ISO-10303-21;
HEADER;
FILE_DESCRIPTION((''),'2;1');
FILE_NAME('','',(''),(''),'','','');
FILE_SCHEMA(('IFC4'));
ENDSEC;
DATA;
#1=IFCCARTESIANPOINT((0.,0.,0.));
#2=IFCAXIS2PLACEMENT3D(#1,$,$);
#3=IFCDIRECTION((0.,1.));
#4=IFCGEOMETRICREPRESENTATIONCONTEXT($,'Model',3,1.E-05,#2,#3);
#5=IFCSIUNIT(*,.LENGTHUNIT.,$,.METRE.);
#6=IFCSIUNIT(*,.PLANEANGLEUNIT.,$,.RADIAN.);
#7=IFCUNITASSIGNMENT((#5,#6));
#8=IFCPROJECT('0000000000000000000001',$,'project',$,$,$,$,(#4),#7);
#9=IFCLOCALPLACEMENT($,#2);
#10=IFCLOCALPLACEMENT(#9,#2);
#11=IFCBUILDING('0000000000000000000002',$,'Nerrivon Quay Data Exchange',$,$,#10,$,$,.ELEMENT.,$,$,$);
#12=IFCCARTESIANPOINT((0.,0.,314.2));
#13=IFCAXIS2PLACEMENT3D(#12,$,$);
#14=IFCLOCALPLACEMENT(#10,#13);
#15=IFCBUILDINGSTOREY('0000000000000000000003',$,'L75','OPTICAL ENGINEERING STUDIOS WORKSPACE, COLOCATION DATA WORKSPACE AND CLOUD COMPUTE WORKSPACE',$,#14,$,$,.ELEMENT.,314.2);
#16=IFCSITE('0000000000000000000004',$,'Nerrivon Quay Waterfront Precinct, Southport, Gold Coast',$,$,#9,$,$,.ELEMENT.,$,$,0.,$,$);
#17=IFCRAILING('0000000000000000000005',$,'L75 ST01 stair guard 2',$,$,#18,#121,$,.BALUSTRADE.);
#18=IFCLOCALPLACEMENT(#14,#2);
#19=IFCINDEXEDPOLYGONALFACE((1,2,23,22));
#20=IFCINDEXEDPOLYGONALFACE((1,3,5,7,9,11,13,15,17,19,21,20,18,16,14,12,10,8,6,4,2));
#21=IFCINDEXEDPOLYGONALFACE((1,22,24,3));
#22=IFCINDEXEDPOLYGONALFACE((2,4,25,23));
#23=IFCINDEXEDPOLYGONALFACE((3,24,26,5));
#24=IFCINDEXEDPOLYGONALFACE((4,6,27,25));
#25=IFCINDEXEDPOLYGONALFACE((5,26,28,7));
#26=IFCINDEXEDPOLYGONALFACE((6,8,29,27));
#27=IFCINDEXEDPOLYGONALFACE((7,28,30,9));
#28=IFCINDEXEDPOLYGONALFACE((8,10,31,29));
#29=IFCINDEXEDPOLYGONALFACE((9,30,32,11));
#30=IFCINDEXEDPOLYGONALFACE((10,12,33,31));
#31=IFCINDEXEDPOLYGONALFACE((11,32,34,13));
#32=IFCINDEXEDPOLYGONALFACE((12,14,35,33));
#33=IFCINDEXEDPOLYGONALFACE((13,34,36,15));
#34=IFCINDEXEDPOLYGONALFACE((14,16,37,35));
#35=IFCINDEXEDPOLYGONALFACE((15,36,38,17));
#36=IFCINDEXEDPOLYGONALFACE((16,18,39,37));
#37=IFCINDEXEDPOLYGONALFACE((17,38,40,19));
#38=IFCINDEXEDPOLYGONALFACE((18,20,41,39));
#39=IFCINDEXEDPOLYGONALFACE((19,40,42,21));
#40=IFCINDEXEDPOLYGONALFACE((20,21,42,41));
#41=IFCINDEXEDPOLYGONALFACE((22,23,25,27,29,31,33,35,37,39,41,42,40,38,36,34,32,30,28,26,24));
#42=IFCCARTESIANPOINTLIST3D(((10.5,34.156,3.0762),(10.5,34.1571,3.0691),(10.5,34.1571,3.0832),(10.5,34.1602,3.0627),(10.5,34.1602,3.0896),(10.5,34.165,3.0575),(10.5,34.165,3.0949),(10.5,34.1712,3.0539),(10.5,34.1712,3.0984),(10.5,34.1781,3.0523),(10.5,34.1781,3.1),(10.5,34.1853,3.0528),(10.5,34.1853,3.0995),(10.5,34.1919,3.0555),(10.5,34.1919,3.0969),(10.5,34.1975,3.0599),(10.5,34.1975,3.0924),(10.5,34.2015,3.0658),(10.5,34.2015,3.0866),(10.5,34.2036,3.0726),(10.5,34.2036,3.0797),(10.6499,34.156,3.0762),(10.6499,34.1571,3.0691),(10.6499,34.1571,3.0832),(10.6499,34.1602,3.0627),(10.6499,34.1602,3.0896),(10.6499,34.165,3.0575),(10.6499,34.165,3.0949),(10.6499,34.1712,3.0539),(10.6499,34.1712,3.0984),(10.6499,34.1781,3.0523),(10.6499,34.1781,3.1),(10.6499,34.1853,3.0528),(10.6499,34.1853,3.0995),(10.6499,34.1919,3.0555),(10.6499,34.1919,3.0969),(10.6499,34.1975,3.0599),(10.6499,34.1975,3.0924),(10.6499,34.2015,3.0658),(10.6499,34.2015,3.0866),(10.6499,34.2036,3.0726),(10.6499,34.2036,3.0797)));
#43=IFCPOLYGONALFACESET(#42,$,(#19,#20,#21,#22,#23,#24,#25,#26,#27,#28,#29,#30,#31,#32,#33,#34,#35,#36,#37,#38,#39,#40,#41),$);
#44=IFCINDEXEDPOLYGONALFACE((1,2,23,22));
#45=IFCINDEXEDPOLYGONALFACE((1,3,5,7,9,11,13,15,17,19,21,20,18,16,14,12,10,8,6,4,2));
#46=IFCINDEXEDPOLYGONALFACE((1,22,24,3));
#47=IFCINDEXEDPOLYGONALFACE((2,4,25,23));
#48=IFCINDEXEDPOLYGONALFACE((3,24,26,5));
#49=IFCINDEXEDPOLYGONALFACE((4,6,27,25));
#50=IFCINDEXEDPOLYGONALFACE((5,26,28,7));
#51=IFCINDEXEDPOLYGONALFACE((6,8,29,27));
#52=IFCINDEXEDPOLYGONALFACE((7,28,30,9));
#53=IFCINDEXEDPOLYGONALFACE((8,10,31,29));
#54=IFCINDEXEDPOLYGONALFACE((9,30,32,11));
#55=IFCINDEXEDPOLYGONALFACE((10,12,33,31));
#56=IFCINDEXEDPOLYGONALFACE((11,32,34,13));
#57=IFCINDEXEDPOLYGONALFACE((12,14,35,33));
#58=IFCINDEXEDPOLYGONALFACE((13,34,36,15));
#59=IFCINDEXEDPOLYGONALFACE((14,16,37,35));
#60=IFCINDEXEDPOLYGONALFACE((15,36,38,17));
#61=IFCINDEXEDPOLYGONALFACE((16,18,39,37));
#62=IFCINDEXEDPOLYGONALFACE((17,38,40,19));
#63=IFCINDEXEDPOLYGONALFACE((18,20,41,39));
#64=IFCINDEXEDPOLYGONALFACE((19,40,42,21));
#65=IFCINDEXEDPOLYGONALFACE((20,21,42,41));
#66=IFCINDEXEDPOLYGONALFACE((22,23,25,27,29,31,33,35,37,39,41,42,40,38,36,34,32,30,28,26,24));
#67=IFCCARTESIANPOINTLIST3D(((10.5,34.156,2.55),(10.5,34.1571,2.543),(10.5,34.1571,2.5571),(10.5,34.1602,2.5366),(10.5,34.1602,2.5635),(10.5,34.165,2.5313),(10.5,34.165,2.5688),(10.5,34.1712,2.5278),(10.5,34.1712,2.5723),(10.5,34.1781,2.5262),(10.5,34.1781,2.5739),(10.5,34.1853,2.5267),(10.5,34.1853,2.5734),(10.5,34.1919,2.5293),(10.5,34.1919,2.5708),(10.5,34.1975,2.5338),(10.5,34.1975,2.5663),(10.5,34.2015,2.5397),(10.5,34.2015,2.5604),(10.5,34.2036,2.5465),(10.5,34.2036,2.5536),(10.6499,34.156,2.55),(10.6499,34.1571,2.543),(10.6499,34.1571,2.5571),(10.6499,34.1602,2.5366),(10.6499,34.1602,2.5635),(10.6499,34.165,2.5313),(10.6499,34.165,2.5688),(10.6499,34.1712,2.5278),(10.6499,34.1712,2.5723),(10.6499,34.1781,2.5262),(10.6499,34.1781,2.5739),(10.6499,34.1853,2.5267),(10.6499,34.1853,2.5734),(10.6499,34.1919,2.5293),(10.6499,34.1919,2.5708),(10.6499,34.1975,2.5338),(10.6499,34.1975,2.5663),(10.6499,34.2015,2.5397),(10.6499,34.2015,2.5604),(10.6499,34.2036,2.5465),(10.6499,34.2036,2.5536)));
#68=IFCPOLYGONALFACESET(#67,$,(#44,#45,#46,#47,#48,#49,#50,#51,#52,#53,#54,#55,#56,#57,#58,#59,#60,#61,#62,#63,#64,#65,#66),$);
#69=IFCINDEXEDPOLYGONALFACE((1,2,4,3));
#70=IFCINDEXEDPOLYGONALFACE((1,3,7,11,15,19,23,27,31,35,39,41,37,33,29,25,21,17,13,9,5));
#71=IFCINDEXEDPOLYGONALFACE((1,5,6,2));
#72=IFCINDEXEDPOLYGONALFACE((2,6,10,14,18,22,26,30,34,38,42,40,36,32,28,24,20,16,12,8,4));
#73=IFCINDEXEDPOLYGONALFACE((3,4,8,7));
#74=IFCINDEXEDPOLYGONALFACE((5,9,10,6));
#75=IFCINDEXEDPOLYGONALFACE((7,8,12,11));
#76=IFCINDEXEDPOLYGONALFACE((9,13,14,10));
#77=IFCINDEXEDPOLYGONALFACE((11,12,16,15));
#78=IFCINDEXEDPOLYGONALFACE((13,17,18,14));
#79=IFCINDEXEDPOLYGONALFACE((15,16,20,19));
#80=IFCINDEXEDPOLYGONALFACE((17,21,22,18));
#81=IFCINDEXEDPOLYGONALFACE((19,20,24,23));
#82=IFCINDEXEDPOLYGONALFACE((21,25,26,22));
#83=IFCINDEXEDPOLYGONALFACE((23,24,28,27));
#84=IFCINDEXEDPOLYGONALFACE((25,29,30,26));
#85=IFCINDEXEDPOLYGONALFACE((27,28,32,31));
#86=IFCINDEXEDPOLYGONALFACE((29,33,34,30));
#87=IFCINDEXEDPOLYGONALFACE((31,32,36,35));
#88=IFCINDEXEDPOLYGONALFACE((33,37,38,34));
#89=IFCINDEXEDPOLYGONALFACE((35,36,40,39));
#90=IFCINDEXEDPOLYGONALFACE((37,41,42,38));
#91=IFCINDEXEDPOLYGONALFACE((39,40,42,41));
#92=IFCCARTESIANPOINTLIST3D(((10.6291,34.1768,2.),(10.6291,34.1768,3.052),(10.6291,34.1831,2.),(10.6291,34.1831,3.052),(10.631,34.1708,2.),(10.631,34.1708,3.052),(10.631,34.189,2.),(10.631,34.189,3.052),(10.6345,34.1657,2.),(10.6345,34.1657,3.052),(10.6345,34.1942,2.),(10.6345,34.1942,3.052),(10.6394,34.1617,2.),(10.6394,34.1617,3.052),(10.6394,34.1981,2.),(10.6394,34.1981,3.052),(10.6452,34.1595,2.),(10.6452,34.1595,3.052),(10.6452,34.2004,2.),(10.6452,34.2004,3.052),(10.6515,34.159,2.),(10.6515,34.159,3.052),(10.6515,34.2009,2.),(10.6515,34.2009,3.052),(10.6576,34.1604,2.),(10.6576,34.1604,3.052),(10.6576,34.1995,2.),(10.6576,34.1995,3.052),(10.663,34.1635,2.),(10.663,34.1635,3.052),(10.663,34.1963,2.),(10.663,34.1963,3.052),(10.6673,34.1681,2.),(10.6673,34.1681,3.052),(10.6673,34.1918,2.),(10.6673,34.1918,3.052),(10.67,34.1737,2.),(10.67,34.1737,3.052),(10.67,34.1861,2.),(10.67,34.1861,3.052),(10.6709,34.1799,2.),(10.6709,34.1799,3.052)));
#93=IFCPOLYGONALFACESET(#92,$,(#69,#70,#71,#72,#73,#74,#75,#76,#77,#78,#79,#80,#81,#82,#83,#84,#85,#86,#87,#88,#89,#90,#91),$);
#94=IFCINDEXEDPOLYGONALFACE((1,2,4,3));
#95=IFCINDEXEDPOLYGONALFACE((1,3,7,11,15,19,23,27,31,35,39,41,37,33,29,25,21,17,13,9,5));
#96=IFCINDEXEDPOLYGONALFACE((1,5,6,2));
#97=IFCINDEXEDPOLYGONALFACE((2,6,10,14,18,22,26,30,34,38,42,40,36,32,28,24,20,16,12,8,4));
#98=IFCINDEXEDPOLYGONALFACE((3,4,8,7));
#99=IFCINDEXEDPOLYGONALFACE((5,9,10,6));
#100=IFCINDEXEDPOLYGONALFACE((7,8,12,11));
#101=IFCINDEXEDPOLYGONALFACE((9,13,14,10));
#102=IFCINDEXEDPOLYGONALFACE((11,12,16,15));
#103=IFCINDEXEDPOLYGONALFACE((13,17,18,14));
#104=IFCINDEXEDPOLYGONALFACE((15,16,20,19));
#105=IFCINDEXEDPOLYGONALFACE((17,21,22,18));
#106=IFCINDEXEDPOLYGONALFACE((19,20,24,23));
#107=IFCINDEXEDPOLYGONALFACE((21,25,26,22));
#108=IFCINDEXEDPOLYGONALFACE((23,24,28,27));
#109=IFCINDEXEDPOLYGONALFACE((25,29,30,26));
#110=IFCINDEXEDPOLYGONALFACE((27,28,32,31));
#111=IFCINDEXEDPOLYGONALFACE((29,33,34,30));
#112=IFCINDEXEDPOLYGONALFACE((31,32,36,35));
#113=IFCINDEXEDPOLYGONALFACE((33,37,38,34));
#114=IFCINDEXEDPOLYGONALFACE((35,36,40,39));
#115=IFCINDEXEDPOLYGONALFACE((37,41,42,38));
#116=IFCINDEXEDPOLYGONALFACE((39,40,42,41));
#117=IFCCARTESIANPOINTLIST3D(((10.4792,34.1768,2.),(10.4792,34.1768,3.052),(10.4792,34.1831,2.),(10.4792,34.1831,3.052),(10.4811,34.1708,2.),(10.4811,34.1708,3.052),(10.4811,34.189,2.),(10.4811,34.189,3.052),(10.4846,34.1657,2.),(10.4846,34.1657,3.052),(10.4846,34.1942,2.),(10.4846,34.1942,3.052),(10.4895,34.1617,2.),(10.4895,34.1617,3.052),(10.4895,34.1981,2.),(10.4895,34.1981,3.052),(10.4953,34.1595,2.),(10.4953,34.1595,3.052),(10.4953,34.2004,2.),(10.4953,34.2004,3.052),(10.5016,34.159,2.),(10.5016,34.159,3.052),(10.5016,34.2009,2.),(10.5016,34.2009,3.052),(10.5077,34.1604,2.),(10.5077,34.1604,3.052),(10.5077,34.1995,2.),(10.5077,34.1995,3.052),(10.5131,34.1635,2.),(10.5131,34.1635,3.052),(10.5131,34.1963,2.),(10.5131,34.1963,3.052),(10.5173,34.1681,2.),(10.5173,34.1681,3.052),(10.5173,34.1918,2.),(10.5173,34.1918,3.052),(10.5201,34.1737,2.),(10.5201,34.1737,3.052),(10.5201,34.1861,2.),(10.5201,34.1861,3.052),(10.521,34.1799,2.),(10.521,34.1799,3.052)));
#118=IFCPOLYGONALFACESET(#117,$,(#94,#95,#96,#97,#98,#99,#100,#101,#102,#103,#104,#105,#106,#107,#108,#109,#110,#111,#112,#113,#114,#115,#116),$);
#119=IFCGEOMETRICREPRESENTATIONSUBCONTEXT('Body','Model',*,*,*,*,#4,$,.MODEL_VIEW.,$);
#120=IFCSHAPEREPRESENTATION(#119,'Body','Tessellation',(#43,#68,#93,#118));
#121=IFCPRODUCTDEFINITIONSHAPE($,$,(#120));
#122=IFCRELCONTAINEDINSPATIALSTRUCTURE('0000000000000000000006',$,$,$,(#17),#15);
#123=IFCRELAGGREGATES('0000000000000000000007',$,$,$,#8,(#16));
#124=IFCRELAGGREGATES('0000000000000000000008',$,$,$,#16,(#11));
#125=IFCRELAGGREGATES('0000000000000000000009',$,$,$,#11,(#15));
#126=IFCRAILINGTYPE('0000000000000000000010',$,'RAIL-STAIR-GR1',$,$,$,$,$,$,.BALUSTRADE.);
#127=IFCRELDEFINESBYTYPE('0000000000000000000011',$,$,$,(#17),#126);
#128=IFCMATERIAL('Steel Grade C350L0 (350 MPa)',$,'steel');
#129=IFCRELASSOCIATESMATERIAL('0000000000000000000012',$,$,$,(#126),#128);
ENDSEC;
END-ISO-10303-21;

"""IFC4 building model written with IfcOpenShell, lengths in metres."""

from ifc_helpers import new_model, si_unit, direction, frame, origin, origin_2d, place, context, subcontext, project, spatial, circle, extrude, material, type_object, element, save


model = new_model("IFC4")

# Units and contexts
model_context = context("Model", 3, precision=1e-05, world=origin(), true_north=direction((0.0, 1.0)))
body_context = subcontext(model_context, "Body", "Model", "MODEL_VIEW")
ifc_project = project(units=[si_unit("LENGTHUNIT", "METRE"), si_unit("PLANEANGLEUNIT", "RADIAN")], contexts=[model_context])

# Site, building, storey
site_placement = place(None, origin())
site = spatial("IfcSite", under=ifc_project, at=site_placement, Name="Nerrivon Quay Waterfront Precinct, Southport, Gold Coast", CompositionType="ELEMENT", RefElevation=0.0)
building_placement = place(site_placement, origin())
building = spatial("IfcBuilding", under=site, at=building_placement, Name="Nerrivon Quay Data Exchange", CompositionType="ELEMENT")
storey_placement = place(building_placement, frame((0.0, 0.0, 314.2)))
storey = spatial("IfcBuildingStorey", under=building, at=storey_placement, Name="L75", Description="OPTICAL ENGINEERING STUDIOS WORKSPACE, COLOCATION DATA WORKSPACE AND CLOUD COMPUTE WORKSPACE", CompositionType="ELEMENT", Elevation=314.2)

# Shared definitions
ifc_material_1 = material(Name="Steel Grade C350L0 (350 MPa)", Category="steel")

# Railing
railing_type_1 = type_object("IfcRailingType", Name="RAIL-STAIR-GR1", PredefinedType="BALUSTRADE", material=ifc_material_1)
railing_1_placement = place(storey_placement, frame((10.6499, 34.1799, 2.0)))
element("IfcRailing", 1, at=railing_1_placement, inside=storey, type_object=railing_type_1, Name="L75 ST01 stair guard 2", PredefinedType="BALUSTRADE", context=body_context, shape_type="SweptSolid", body=[
    extrude(circle(Radius=0.0239, at=origin_2d()), frame((0.0, 0.0, 1.0762), z_axis=(-1.0, 0.0, 0.0), x_axis=(0.0, -1.0, 0.0)), (0.0, 0.0, 1.0), 0.1499),
    extrude(circle(Radius=0.0239, at=origin_2d()), frame((0.0, 0.0, 0.55), z_axis=(-1.0, 0.0, 0.0), x_axis=(0.0, -1.0, 0.0)), (0.0, 0.0, 1.0), 0.1499),
    extrude(circle(Radius=0.021, at=origin_2d()), origin(), (0.0, 0.0, 1.0), 1.052),
    extrude(circle(Radius=0.021, at=origin_2d()), frame((-0.1499, 0.0, 0.0)), (0.0, 0.0, 1.0), 1.052),
])

save(model, "model.ifc")
